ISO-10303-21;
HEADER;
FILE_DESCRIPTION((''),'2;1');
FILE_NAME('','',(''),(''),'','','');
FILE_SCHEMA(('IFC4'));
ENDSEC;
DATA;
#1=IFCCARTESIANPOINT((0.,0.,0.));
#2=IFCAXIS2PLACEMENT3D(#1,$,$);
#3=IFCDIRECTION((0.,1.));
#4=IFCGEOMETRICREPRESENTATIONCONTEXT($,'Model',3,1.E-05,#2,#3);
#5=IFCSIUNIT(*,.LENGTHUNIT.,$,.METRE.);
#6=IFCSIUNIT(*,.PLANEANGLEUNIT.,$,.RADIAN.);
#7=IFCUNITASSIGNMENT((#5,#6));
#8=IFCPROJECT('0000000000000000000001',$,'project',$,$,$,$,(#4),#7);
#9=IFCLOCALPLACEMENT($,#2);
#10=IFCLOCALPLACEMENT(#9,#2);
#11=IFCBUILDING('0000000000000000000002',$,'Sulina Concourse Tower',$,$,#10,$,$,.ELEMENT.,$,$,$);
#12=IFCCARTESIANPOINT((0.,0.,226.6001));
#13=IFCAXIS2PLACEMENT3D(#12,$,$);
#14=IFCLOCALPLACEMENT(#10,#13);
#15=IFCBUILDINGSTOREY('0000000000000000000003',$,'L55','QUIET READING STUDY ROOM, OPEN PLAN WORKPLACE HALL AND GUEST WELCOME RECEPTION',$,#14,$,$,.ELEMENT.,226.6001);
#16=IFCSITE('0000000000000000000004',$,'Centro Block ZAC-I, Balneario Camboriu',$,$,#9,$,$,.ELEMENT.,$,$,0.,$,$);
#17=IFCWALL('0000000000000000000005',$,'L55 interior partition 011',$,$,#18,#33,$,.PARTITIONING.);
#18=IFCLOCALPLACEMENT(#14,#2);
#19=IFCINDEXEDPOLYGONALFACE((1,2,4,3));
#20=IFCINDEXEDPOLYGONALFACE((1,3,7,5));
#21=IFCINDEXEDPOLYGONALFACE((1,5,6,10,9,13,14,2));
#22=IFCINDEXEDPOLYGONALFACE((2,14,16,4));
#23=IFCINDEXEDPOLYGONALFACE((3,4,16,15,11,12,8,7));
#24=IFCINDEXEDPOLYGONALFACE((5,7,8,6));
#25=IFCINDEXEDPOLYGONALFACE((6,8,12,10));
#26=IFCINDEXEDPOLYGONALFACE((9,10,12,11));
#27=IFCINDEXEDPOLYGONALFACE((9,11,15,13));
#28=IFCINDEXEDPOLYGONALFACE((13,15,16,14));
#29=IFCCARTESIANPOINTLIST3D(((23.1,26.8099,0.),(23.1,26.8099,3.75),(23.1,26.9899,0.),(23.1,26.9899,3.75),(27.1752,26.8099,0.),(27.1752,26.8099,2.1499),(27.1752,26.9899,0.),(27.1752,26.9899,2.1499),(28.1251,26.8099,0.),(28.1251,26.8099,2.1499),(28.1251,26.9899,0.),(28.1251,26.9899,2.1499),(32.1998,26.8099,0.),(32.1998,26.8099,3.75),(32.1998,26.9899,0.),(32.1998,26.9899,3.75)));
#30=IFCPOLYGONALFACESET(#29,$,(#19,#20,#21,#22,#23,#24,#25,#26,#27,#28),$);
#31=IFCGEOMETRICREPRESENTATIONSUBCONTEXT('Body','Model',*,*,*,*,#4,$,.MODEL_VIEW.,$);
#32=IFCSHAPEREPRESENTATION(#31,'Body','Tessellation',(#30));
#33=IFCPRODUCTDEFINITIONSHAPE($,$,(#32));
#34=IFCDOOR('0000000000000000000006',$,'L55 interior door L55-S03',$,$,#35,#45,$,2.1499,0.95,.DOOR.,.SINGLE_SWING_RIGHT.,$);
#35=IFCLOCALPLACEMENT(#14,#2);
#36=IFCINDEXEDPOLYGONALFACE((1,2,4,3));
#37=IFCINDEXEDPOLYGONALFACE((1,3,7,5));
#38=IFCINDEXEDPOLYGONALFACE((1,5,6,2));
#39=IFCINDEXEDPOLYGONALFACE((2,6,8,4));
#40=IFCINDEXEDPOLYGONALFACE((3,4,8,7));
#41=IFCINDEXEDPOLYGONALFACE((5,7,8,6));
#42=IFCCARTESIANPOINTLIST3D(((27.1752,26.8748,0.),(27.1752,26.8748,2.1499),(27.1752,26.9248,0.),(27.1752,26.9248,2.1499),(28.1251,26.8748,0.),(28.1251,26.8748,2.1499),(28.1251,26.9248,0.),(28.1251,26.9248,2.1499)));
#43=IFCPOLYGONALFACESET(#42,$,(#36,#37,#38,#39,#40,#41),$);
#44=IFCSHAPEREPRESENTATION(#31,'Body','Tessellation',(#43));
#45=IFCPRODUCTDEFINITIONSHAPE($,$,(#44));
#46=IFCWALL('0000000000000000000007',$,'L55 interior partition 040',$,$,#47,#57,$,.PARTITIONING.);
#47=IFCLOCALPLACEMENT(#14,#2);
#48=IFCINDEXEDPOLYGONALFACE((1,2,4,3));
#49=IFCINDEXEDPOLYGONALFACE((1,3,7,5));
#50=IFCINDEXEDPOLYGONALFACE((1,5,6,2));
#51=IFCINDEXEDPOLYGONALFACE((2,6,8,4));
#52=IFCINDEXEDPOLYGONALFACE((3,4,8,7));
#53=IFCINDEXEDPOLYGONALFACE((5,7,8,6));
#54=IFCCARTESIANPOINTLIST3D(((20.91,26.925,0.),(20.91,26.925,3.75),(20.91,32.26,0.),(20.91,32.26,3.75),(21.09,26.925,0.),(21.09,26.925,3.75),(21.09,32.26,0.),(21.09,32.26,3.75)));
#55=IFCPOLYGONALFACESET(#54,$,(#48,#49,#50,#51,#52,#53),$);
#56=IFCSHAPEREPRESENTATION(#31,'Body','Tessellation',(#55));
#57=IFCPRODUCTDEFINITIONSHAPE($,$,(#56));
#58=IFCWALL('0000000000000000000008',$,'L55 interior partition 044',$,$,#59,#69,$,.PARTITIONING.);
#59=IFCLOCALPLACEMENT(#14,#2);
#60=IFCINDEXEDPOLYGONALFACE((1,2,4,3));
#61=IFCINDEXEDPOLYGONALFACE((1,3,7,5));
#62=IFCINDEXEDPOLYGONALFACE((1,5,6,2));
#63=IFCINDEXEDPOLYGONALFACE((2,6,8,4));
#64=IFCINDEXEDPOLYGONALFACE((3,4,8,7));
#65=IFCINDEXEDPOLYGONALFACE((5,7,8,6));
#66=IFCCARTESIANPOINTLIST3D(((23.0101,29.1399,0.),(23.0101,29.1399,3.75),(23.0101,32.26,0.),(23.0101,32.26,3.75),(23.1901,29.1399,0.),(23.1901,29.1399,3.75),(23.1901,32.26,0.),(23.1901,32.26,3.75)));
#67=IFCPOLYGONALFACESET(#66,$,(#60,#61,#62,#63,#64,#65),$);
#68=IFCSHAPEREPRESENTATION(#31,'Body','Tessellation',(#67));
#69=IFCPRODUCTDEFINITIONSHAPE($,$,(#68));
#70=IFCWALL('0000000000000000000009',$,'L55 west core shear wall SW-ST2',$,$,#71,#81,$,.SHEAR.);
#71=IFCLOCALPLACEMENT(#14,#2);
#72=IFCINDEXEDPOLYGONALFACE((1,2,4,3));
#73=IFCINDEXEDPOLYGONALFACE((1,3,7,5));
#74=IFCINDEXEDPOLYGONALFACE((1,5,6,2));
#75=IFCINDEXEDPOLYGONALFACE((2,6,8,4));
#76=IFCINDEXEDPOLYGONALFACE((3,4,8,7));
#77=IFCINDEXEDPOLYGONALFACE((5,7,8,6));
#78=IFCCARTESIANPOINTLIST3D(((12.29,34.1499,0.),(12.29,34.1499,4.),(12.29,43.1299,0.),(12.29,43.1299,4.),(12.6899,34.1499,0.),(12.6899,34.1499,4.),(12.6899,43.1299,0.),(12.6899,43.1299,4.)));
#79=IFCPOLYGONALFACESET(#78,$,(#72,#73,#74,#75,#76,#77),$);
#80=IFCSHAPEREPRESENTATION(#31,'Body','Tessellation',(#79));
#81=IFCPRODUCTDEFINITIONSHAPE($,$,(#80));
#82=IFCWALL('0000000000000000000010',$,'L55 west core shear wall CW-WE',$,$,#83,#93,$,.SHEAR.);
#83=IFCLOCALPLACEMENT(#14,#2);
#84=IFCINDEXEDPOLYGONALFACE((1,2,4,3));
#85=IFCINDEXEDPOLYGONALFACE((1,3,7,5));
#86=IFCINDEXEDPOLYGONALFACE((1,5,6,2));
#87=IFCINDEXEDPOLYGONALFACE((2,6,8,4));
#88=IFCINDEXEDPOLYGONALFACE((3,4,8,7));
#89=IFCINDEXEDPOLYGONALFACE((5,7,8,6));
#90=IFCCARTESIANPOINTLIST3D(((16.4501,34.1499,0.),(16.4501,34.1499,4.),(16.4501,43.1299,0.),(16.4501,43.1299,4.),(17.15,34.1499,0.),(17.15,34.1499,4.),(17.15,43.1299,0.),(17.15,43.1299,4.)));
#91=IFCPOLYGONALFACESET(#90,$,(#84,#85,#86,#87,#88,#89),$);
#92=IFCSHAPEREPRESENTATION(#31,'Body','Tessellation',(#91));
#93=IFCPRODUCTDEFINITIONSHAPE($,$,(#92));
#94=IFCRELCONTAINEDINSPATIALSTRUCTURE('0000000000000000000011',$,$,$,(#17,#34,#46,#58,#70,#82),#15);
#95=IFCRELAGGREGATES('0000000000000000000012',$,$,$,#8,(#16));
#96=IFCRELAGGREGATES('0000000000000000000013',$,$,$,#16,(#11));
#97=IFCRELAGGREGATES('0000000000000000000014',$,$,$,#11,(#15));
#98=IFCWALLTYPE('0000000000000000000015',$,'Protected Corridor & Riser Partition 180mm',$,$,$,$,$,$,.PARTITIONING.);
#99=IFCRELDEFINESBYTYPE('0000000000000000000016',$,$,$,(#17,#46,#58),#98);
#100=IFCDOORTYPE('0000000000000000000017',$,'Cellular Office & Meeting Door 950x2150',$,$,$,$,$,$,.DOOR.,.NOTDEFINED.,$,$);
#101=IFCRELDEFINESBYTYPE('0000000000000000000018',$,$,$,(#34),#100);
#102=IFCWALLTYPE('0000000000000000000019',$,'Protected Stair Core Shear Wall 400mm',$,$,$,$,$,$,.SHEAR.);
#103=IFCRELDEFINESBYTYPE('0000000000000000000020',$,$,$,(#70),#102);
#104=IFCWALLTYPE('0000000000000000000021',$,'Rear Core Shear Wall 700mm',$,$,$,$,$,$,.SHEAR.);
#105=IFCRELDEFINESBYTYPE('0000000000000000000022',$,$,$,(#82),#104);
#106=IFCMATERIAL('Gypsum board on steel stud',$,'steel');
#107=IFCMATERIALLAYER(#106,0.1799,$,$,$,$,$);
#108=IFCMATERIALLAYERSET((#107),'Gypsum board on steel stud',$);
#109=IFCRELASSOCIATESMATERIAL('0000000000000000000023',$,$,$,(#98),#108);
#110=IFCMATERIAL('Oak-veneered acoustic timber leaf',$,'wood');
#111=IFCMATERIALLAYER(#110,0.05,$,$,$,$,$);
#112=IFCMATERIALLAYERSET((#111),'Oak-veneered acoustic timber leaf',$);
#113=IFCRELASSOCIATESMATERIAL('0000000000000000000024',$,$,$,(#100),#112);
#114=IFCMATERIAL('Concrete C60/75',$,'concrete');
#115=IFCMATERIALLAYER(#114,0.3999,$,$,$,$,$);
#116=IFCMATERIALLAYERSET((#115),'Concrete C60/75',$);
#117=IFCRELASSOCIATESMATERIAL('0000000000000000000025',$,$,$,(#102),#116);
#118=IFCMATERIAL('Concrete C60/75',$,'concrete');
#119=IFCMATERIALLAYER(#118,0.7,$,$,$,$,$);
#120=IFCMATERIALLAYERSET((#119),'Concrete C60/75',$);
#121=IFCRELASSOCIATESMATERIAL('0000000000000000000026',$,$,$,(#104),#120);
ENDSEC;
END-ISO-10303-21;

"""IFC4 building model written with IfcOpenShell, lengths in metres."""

from ifc_helpers import new_model, si_unit, direction, frame, frame_2d, origin, place, context, subcontext, project, spatial, rectangle, extrude, material, layer, layer_set, type_object, element, fill, save


model = new_model("IFC4")

# Units and contexts
model_context = context("Model", 3, precision=1e-05, world=origin(), true_north=direction((0.0, 1.0)))
body_context = subcontext(model_context, "Body", "Model", "MODEL_VIEW")
ifc_project = project(units=[si_unit("LENGTHUNIT", "METRE"), si_unit("PLANEANGLEUNIT", "RADIAN")], contexts=[model_context])

# Site, building, storey
site_placement = place(None, origin())
site = spatial("IfcSite", under=ifc_project, at=site_placement, Name="Centro Block ZAC-I, Balneario Camboriu", CompositionType="ELEMENT", RefElevation=0.0)
building_placement = place(site_placement, origin())
building = spatial("IfcBuilding", under=site, at=building_placement, Name="Sulina Concourse Tower", CompositionType="ELEMENT")
storey_placement = place(building_placement, frame((0.0, 0.0, 226.6001)))
storey = spatial("IfcBuildingStorey", under=building, at=storey_placement, Name="L55", Description="QUIET READING STUDY ROOM, OPEN PLAN WORKPLACE HALL AND GUEST WELCOME RECEPTION", CompositionType="ELEMENT", Elevation=226.6001)

# Wall, opening, door
ifc_material_1 = material(Name="Gypsum board on steel stud", Category="steel")
ifc_layer_1 = layer(ifc_material_1, 0.1799)
ifc_layer_set_1 = layer_set([ifc_layer_1], Name="Gypsum board on steel stud")
wall_type_1 = type_object("IfcWallType", Name="Protected Corridor & Riser Partition 180mm", PredefinedType="PARTITIONING", material=ifc_layer_set_1)
wall_1_placement = place(storey_placement, frame((23.1001, 26.8999, 0.0), z_axis=(0.0, 0.0, 1.0), x_axis=(1.0, 0.0, 0.0)))
wall_1 = element("IfcWall", 1, at=wall_1_placement, inside=storey, type_object=wall_type_1, Name="L55 interior partition 011", PredefinedType="PARTITIONING", context=body_context, shape_type="SweptSolid", body=[
    extrude(rectangle(XDim=9.0999, YDim=0.1799, at=frame_2d((4.5498, 0.0))), origin(), (0.0, 0.0, 1.0), 3.75),
])
opening_1_placement = place(wall_1_placement, frame((4.075, 0.0, 0.0)))
opening_1 = element("IfcOpeningElement", 2, at=opening_1_placement, cuts=wall_1, PredefinedType="OPENING", context=body_context, shape_type="SweptSolid", body=[
    extrude(rectangle(XDim=0.95, YDim=2.1499, at=frame_2d((0.4751, 1.075))), frame((0.0, 0.0999, 0.0), z_axis=(0.0, -1.0, 0.0), x_axis=(1.0, 0.0, 0.0)), (0.0, 0.0, 1.0), 0.2),
])
ifc_material_2 = material(Name="Oak-veneered acoustic timber leaf", Category="wood")
ifc_layer_2 = layer(ifc_material_2, 0.05)
ifc_layer_set_2 = layer_set([ifc_layer_2], Name="Oak-veneered acoustic timber leaf")
door_type_1 = type_object("IfcDoorType", Name="Cellular Office & Meeting Door 950x2150", OperationType="NOTDEFINED", PredefinedType="DOOR", material=ifc_layer_set_2)
door_1_placement = place(opening_1_placement, origin())
door_1 = element("IfcDoor", 3, at=door_1_placement, inside=storey, type_object=door_type_1, Name="L55 interior door L55-S03", OperationType="SINGLE_SWING_RIGHT", OverallHeight=2.1499, OverallWidth=0.95, PredefinedType="DOOR", context=body_context, shape_type="SweptSolid", body=[
    extrude(rectangle(XDim=0.95, YDim=2.1499, at=frame_2d((0.4751, 1.075))), frame((0.0, 0.0249, 0.0), z_axis=(0.0, -1.0, 0.0), x_axis=(1.0, 0.0, 0.0)), (0.0, 0.0, 1.0), 0.05),
])
fill(opening_1, door_1)

# Walls
wall_2_placement = place(storey_placement, frame((21.0, 26.925, 0.0), z_axis=(0.0, 0.0, 1.0), x_axis=(0.0, 1.0, 0.0)))
element("IfcWall", 4, at=wall_2_placement, inside=storey, type_object=wall_type_1, Name="L55 interior partition 040", PredefinedType="PARTITIONING", context=body_context, shape_type="SweptSolid", body=[
    extrude(rectangle(XDim=5.335, YDim=0.1799, at=frame_2d((2.6675, 0.0))), origin(), (0.0, 0.0, 1.0), 3.75),
])
wall_3_placement = place(storey_placement, frame((23.1001, 29.1399, 0.0), z_axis=(0.0, 0.0, 1.0), x_axis=(0.0, 1.0, 0.0)))
element("IfcWall", 5, at=wall_3_placement, inside=storey, type_object=wall_type_1, Name="L55 interior partition 044", PredefinedType="PARTITIONING", context=body_context, shape_type="SweptSolid", body=[
    extrude(rectangle(XDim=3.1201, YDim=0.1799, at=frame_2d((1.5601, 0.0))), origin(), (0.0, 0.0, 1.0), 3.75),
])
ifc_material_3 = material(Name="Concrete C60/75", Category="concrete")
ifc_layer_3 = layer(ifc_material_3, 0.3999)
ifc_layer_set_3 = layer_set([ifc_layer_3], Name="Concrete C60/75")
wall_type_2 = type_object("IfcWallType", Name="Protected Stair Core Shear Wall 400mm", PredefinedType="SHEAR", material=ifc_layer_set_3)
wall_4_placement = place(storey_placement, frame((12.49, 34.1499, 0.0), z_axis=(0.0, 0.0, 1.0), x_axis=(0.0, 1.0, 0.0)))
element("IfcWall", 6, at=wall_4_placement, inside=storey, type_object=wall_type_2, Name="L55 west core shear wall SW-ST2", PredefinedType="SHEAR", context=body_context, shape_type="SweptSolid", body=[
    extrude(rectangle(XDim=8.98, YDim=0.3999, at=frame_2d((4.49, 0.0))), origin(), (0.0, 0.0, 1.0), 4.0),
])
ifc_material_4 = material(Name="Concrete C60/75", Category="concrete")
ifc_layer_4 = layer(ifc_material_4, 0.7)
ifc_layer_set_4 = layer_set([ifc_layer_4], Name="Concrete C60/75")
wall_type_3 = type_object("IfcWallType", Name="Rear Core Shear Wall 700mm", PredefinedType="SHEAR", material=ifc_layer_set_4)
wall_5_placement = place(storey_placement, frame((16.8, 34.1499, 0.0), z_axis=(0.0, 0.0, 1.0), x_axis=(0.0, 1.0, 0.0)))
element("IfcWall", 7, at=wall_5_placement, inside=storey, type_object=wall_type_3, Name="L55 west core shear wall CW-WE", PredefinedType="SHEAR", context=body_context, shape_type="SweptSolid", body=[
    extrude(rectangle(XDim=8.98, YDim=0.7, at=frame_2d((4.49, 0.0))), origin(), (0.0, 0.0, 1.0), 4.0),
])

save(model, "model.ifc")
